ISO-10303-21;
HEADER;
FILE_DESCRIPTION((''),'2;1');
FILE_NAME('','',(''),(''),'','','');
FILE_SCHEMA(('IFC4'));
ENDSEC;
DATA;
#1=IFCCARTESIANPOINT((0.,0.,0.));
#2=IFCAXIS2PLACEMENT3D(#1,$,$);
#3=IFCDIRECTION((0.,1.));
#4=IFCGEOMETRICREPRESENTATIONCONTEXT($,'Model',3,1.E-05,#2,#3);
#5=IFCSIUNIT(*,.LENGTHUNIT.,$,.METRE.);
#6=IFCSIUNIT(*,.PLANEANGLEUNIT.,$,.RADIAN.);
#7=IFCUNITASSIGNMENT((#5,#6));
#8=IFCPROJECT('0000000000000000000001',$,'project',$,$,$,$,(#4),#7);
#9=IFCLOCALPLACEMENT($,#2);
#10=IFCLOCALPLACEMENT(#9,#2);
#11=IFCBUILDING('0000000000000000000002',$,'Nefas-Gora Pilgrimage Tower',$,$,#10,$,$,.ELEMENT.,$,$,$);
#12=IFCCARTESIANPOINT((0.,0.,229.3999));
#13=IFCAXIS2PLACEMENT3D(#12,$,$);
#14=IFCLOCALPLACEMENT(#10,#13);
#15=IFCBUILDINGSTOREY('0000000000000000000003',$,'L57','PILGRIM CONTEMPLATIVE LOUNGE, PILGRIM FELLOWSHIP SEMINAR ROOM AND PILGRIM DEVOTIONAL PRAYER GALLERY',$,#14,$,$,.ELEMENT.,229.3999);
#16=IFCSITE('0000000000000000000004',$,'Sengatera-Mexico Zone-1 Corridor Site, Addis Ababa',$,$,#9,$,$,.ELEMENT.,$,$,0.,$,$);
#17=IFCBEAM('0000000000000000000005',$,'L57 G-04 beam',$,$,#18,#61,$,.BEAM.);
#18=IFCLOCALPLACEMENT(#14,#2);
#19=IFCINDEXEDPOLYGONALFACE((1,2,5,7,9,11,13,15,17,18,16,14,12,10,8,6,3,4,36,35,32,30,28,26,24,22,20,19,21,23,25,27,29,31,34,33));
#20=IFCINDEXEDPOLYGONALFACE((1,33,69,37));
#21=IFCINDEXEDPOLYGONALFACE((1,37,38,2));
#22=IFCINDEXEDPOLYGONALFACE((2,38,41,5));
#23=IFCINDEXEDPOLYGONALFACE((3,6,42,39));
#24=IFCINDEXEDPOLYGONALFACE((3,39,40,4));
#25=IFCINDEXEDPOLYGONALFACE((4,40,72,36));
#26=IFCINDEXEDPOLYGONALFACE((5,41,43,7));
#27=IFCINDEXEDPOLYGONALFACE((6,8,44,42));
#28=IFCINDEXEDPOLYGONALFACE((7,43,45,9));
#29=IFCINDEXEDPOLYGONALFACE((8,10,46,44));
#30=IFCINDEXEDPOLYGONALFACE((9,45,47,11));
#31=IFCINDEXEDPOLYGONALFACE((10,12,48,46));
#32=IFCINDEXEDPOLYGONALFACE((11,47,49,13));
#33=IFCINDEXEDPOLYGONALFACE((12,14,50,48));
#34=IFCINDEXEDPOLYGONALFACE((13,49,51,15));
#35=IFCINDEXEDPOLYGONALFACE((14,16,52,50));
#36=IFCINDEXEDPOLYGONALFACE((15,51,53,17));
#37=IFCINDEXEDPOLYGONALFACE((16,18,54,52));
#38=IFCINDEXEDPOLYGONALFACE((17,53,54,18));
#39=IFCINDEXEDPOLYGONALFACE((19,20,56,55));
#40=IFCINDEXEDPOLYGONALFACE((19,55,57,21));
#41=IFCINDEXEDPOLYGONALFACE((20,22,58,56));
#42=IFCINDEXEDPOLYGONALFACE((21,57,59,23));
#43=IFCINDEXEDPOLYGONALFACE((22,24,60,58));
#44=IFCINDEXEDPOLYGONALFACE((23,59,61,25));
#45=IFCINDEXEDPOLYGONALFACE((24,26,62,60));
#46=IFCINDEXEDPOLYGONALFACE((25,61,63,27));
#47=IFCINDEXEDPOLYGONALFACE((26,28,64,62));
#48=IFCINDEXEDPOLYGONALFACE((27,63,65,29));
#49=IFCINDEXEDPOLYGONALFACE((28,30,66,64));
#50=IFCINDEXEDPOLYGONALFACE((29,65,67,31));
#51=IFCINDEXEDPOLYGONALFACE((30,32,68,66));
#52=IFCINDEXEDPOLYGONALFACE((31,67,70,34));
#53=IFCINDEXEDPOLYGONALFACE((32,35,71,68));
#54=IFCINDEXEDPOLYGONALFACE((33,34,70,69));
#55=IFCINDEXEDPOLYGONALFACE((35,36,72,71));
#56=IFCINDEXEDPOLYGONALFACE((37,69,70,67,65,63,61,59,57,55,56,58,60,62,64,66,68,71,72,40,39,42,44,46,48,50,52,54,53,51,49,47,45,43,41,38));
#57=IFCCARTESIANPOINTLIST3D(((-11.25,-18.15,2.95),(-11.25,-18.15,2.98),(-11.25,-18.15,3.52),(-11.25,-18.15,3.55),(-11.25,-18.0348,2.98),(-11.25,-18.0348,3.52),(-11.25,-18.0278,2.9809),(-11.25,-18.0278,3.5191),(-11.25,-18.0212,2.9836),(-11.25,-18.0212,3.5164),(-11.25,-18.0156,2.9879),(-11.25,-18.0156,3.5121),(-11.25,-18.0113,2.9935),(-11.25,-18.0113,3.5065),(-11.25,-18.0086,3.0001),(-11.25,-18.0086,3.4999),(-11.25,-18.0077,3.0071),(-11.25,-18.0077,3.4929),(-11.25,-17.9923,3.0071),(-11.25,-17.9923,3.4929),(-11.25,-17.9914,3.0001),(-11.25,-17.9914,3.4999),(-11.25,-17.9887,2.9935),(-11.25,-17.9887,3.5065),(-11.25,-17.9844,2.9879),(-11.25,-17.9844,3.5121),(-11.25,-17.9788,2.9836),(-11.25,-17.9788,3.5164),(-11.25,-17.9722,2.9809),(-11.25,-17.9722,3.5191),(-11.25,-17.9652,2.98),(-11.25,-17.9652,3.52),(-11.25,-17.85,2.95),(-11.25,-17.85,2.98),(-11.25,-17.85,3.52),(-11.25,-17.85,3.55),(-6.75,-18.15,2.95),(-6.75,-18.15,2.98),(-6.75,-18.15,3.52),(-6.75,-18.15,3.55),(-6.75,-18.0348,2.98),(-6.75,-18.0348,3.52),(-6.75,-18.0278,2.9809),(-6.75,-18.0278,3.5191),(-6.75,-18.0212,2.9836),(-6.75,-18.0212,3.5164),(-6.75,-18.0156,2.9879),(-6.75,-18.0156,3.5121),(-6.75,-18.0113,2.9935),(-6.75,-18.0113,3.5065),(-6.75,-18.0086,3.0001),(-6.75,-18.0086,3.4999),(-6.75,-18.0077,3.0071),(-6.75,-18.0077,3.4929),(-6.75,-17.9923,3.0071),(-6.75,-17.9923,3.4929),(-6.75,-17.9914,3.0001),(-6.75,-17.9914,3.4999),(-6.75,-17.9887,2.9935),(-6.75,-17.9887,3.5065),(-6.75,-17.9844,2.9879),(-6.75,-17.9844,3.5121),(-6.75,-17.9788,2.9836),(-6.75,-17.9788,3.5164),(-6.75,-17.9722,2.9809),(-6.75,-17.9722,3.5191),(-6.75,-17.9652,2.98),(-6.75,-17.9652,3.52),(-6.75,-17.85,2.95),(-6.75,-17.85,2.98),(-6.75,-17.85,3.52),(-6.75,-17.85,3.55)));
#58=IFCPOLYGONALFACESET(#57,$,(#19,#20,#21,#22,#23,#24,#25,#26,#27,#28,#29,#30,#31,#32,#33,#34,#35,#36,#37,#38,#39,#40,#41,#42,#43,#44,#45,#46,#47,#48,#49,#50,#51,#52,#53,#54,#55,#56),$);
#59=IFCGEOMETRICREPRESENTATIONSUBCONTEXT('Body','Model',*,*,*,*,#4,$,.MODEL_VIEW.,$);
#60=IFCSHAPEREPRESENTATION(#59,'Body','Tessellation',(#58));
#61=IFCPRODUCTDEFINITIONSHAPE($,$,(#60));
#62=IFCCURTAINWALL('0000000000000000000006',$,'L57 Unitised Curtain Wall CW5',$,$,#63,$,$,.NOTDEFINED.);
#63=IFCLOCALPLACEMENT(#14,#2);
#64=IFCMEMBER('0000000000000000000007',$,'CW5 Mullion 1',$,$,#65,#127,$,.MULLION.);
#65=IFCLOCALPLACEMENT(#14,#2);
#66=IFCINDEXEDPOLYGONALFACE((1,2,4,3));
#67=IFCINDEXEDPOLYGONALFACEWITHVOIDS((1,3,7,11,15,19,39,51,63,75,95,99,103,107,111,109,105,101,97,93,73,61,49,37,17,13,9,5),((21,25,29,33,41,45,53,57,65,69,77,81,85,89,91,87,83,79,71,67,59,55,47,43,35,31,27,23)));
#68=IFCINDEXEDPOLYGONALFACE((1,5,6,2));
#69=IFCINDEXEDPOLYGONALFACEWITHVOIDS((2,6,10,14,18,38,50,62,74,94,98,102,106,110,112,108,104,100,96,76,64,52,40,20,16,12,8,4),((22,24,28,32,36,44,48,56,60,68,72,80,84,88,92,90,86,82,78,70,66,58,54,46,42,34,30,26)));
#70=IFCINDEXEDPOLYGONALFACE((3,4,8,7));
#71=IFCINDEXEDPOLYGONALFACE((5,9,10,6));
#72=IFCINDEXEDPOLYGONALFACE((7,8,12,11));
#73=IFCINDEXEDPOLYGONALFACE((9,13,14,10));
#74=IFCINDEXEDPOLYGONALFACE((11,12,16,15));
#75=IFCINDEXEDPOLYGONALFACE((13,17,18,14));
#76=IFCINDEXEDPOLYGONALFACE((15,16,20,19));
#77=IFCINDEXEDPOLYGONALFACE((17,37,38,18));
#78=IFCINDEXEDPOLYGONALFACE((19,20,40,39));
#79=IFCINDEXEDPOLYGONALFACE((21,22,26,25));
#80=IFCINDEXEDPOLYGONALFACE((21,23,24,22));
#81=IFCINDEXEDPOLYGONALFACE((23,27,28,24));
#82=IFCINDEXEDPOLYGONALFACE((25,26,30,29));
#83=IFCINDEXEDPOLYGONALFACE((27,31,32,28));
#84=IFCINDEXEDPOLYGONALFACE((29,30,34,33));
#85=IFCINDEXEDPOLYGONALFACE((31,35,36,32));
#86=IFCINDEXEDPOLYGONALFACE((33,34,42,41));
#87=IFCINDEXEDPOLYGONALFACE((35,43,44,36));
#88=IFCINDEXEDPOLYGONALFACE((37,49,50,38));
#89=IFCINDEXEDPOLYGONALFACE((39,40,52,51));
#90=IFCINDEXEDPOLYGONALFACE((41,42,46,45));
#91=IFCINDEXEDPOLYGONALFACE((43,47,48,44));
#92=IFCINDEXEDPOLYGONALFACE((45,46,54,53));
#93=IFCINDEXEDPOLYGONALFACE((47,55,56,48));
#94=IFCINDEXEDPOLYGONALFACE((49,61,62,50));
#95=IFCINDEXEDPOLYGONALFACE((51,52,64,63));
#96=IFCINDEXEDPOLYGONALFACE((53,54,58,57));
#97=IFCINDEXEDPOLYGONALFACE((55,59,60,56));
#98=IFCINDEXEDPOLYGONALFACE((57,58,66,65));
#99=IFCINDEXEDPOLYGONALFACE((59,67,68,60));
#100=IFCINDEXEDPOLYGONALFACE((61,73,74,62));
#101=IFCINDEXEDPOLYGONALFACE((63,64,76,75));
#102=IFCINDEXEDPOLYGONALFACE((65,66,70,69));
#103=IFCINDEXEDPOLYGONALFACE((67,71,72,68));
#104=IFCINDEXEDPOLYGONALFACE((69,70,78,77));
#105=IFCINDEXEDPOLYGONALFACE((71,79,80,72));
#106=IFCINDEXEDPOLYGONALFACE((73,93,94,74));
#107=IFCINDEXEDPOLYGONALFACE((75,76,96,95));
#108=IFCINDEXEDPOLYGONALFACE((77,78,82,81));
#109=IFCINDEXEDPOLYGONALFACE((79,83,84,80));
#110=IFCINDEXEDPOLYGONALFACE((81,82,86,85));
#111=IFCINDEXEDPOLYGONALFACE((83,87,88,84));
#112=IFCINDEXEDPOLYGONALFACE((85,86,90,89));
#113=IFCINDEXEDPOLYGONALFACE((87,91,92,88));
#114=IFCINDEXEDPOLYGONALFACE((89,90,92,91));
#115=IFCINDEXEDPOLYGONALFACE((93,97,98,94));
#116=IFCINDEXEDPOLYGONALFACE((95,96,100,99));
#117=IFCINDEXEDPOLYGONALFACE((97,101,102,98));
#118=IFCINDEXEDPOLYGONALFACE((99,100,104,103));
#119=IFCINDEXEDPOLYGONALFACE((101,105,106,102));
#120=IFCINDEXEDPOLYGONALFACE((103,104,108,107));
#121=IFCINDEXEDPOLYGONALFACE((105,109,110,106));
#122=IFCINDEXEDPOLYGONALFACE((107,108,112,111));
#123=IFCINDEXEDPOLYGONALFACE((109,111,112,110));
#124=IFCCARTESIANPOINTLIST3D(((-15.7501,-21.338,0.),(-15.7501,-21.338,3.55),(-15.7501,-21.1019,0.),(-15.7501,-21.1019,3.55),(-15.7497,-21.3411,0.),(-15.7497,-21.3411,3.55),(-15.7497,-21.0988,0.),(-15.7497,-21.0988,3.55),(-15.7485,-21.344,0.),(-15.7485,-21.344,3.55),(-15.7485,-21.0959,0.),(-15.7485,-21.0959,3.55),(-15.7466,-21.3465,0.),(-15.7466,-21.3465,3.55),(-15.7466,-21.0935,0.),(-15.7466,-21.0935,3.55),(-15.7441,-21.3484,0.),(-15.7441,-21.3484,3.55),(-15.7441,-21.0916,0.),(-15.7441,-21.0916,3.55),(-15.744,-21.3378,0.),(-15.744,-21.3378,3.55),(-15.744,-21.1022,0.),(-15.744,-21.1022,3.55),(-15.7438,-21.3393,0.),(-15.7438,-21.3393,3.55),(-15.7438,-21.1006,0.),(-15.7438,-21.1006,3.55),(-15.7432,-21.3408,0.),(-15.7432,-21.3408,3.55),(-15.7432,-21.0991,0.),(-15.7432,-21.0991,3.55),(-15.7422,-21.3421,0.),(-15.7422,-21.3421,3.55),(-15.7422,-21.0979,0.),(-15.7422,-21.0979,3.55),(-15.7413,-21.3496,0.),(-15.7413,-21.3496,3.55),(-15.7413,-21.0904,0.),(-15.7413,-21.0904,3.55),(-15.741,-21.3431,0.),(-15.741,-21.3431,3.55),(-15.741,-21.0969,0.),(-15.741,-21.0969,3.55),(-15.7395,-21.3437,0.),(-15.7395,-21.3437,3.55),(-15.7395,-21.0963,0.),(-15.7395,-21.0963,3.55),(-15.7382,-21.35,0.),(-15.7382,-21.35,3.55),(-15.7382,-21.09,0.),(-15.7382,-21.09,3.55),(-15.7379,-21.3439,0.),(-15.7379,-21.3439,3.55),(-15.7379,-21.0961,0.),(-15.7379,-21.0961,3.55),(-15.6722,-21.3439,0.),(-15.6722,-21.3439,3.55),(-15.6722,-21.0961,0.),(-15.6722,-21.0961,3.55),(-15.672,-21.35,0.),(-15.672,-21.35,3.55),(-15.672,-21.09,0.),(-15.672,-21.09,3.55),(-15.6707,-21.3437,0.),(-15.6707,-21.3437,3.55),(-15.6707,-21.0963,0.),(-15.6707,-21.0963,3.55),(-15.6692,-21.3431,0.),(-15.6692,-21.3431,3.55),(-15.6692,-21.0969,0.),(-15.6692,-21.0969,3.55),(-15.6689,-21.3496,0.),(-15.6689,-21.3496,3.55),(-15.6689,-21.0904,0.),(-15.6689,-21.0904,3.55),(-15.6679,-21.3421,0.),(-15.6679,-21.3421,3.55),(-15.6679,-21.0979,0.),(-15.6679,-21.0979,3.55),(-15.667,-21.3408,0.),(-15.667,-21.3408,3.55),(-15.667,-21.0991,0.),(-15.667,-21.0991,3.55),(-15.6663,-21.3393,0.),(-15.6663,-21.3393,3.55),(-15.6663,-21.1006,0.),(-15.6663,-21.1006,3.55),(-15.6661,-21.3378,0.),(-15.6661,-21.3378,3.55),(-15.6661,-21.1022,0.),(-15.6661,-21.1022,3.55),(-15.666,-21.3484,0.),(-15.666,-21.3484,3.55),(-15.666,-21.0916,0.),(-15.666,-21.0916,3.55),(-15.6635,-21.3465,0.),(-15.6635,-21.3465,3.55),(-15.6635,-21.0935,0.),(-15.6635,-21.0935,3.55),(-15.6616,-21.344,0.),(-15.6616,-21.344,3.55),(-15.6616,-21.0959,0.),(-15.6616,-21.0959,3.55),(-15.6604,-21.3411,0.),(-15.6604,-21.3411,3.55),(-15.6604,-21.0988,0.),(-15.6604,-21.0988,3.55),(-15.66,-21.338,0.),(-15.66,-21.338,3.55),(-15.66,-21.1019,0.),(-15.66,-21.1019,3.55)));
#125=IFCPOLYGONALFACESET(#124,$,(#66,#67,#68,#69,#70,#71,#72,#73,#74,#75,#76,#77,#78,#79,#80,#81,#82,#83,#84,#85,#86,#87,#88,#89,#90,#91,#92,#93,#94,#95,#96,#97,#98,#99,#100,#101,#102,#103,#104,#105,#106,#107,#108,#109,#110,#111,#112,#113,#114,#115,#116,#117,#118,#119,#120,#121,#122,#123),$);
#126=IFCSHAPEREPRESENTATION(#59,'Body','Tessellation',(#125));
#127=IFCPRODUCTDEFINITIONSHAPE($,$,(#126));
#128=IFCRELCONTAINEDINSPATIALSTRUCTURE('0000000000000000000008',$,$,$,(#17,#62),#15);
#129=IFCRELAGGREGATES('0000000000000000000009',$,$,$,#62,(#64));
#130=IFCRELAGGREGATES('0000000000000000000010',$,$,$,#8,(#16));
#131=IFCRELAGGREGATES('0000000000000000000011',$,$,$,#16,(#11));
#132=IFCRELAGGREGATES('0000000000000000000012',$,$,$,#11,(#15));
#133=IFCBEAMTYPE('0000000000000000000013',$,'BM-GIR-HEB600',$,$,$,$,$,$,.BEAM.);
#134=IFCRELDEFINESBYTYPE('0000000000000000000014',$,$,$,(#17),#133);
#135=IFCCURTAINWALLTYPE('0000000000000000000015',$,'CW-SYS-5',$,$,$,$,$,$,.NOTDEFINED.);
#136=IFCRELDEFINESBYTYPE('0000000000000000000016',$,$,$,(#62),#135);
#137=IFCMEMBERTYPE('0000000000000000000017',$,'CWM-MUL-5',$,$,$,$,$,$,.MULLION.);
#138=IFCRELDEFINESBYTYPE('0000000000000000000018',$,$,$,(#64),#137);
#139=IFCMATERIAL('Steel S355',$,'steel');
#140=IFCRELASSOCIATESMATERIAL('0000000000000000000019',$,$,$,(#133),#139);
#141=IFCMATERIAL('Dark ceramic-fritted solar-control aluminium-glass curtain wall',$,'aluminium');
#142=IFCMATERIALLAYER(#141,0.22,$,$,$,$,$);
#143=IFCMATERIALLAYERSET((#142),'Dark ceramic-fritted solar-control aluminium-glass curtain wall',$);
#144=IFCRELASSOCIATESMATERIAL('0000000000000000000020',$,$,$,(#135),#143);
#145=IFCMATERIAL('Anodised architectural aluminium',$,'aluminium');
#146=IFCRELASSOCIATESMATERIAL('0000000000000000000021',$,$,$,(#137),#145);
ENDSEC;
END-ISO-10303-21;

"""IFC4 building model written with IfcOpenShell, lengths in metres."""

from ifc_helpers import new_model, si_unit, direction, frame, origin, origin_2d, place, context, subcontext, project, spatial, hollow_rectangle, i_section, extrude, source, transform, mapped, material, layer, layer_set, material_profile, profile_set, type_object, element, aggregate, save


model = new_model("IFC4")

# Units and contexts
model_context = context("Model", 3, precision=1e-05, world=origin(), true_north=direction((0.0, 1.0)))
body_context = subcontext(model_context, "Body", "Model", "MODEL_VIEW")
ifc_project = project(units=[si_unit("LENGTHUNIT", "METRE"), si_unit("PLANEANGLEUNIT", "RADIAN")], contexts=[model_context])

# Site, building, storey
site_placement = place(None, origin())
site = spatial("IfcSite", under=ifc_project, at=site_placement, Name="Sengatera-Mexico Zone-1 Corridor Site, Addis Ababa", CompositionType="ELEMENT", RefElevation=0.0)
building_placement = place(site_placement, origin())
building = spatial("IfcBuilding", under=site, at=building_placement, Name="Nefas-Gora Pilgrimage Tower", CompositionType="ELEMENT")
storey_placement = place(building_placement, frame((0.0, 0.0, 229.3999)))
storey = spatial("IfcBuildingStorey", under=building, at=storey_placement, Name="L57", Description="PILGRIM CONTEMPLATIVE LOUNGE, PILGRIM FELLOWSHIP SEMINAR ROOM AND PILGRIM DEVOTIONAL PRAYER GALLERY", CompositionType="ELEMENT", Elevation=229.3999)

# Beam
ifc_material_1 = material(Name="Steel S355", Category="steel")
ifc_material_profile_1 = material_profile(ifc_material_1, i_section(OverallWidth=0.3, OverallDepth=0.6001, WebThickness=0.0154, FlangeThickness=0.03, FilletRadius=0.0271, at=origin_2d()), Name="HEB 600")
ifc_profile_set_1 = profile_set([ifc_material_profile_1], Name="Steel S355")
beam_type_1 = type_object("IfcBeamType", Name="BM-GIR-HEB600", PredefinedType="BEAM", material=ifc_profile_set_1)
shared_shape_1 = source(origin(), body_context, "Body", "SweptSolid", [
    extrude(i_section(OverallWidth=0.3, OverallDepth=0.6001, WebThickness=0.0154, FlangeThickness=0.03, FilletRadius=0.0271, at=origin_2d()), origin(), (0.0, 0.0, 1.0), 4.5),
])
for number, where, z_axis, x_axis, name in (
    (1, (-11.25, -18.0, 3.25), (1.0, 0.0, 0.0), (0.0, 1.0, 0.0), "L57 G-04 beam"),
):
    element("IfcBeam", number, at=place(storey_placement, frame(where, z_axis=z_axis, x_axis=x_axis)), inside=storey, type_object=beam_type_1, Name=name, PredefinedType="BEAM", context=body_context, shape_type="MappedRepresentation", body=[
        mapped(shared_shape_1, transform((0.0, 0.0, 0.0), x_axis=(1.0, 0.0, 0.0), y_axis=(0.0, 1.0, 0.0), z_axis=(0.0, 0.0, 1.0), scale=1.0)),
    ])

# Curtain wall, member
ifc_material_2 = material(Name="Dark ceramic-fritted solar-control aluminium-glass curtain wall", Category="aluminium")
ifc_layer_1 = layer(ifc_material_2, 0.22)
ifc_layer_set_1 = layer_set([ifc_layer_1], Name="Dark ceramic-fritted solar-control aluminium-glass curtain wall")
curtain_wall_type_1 = type_object("IfcCurtainWallType", Name="CW-SYS-5", PredefinedType="NOTDEFINED", material=ifc_layer_set_1)
curtain_wall_1_placement = place(storey_placement, origin())
curtain_wall_1 = element("IfcCurtainWall", 2, at=curtain_wall_1_placement, inside=storey, type_object=curtain_wall_type_1, Name="L57 Unitised Curtain Wall CW5", PredefinedType="NOTDEFINED")
ifc_material_3 = material(Name="Anodised architectural aluminium", Category="aluminium")
ifc_material_profile_2 = material_profile(ifc_material_3, hollow_rectangle(XDim=0.0901, YDim=0.26, WallThickness=0.0061, InnerFilletRadius=0.0061, OuterFilletRadius=0.012, at=origin_2d()), Name="ALU MULLION 90x260")
ifc_profile_set_2 = profile_set([ifc_material_profile_2], Name="Anodised architectural aluminium")
member_type_1 = type_object("IfcMemberType", Name="CWM-MUL-5", PredefinedType="MULLION", material=ifc_profile_set_2)
shared_shape_2 = source(origin(), body_context, "Body", "SweptSolid", [
    extrude(hollow_rectangle(XDim=0.0901, YDim=0.26, WallThickness=0.0061, InnerFilletRadius=0.0061, OuterFilletRadius=0.012, at=origin_2d()), origin(), (0.0, 0.0, 1.0), 3.55),
])
member_1_placement = place(storey_placement, frame((-15.7051, -21.22, 0.0), z_axis=(0.0, 0.0, 1.0), x_axis=(1.0, 0.0, 0.0)))
member_1 = element("IfcMember", 3, at=member_1_placement, type_object=member_type_1, Name="CW5 Mullion 1", PredefinedType="MULLION", context=body_context, shape_type="MappedRepresentation", body=[
    mapped(shared_shape_2, transform((0.0, 0.0, 0.0), x_axis=(1.0, 0.0, 0.0), y_axis=(0.0, 1.0, 0.0), z_axis=(0.0, 0.0, 1.0), scale=1.0)),
])

aggregate(curtain_wall_1, [member_1])

save(model, "model.ifc")
